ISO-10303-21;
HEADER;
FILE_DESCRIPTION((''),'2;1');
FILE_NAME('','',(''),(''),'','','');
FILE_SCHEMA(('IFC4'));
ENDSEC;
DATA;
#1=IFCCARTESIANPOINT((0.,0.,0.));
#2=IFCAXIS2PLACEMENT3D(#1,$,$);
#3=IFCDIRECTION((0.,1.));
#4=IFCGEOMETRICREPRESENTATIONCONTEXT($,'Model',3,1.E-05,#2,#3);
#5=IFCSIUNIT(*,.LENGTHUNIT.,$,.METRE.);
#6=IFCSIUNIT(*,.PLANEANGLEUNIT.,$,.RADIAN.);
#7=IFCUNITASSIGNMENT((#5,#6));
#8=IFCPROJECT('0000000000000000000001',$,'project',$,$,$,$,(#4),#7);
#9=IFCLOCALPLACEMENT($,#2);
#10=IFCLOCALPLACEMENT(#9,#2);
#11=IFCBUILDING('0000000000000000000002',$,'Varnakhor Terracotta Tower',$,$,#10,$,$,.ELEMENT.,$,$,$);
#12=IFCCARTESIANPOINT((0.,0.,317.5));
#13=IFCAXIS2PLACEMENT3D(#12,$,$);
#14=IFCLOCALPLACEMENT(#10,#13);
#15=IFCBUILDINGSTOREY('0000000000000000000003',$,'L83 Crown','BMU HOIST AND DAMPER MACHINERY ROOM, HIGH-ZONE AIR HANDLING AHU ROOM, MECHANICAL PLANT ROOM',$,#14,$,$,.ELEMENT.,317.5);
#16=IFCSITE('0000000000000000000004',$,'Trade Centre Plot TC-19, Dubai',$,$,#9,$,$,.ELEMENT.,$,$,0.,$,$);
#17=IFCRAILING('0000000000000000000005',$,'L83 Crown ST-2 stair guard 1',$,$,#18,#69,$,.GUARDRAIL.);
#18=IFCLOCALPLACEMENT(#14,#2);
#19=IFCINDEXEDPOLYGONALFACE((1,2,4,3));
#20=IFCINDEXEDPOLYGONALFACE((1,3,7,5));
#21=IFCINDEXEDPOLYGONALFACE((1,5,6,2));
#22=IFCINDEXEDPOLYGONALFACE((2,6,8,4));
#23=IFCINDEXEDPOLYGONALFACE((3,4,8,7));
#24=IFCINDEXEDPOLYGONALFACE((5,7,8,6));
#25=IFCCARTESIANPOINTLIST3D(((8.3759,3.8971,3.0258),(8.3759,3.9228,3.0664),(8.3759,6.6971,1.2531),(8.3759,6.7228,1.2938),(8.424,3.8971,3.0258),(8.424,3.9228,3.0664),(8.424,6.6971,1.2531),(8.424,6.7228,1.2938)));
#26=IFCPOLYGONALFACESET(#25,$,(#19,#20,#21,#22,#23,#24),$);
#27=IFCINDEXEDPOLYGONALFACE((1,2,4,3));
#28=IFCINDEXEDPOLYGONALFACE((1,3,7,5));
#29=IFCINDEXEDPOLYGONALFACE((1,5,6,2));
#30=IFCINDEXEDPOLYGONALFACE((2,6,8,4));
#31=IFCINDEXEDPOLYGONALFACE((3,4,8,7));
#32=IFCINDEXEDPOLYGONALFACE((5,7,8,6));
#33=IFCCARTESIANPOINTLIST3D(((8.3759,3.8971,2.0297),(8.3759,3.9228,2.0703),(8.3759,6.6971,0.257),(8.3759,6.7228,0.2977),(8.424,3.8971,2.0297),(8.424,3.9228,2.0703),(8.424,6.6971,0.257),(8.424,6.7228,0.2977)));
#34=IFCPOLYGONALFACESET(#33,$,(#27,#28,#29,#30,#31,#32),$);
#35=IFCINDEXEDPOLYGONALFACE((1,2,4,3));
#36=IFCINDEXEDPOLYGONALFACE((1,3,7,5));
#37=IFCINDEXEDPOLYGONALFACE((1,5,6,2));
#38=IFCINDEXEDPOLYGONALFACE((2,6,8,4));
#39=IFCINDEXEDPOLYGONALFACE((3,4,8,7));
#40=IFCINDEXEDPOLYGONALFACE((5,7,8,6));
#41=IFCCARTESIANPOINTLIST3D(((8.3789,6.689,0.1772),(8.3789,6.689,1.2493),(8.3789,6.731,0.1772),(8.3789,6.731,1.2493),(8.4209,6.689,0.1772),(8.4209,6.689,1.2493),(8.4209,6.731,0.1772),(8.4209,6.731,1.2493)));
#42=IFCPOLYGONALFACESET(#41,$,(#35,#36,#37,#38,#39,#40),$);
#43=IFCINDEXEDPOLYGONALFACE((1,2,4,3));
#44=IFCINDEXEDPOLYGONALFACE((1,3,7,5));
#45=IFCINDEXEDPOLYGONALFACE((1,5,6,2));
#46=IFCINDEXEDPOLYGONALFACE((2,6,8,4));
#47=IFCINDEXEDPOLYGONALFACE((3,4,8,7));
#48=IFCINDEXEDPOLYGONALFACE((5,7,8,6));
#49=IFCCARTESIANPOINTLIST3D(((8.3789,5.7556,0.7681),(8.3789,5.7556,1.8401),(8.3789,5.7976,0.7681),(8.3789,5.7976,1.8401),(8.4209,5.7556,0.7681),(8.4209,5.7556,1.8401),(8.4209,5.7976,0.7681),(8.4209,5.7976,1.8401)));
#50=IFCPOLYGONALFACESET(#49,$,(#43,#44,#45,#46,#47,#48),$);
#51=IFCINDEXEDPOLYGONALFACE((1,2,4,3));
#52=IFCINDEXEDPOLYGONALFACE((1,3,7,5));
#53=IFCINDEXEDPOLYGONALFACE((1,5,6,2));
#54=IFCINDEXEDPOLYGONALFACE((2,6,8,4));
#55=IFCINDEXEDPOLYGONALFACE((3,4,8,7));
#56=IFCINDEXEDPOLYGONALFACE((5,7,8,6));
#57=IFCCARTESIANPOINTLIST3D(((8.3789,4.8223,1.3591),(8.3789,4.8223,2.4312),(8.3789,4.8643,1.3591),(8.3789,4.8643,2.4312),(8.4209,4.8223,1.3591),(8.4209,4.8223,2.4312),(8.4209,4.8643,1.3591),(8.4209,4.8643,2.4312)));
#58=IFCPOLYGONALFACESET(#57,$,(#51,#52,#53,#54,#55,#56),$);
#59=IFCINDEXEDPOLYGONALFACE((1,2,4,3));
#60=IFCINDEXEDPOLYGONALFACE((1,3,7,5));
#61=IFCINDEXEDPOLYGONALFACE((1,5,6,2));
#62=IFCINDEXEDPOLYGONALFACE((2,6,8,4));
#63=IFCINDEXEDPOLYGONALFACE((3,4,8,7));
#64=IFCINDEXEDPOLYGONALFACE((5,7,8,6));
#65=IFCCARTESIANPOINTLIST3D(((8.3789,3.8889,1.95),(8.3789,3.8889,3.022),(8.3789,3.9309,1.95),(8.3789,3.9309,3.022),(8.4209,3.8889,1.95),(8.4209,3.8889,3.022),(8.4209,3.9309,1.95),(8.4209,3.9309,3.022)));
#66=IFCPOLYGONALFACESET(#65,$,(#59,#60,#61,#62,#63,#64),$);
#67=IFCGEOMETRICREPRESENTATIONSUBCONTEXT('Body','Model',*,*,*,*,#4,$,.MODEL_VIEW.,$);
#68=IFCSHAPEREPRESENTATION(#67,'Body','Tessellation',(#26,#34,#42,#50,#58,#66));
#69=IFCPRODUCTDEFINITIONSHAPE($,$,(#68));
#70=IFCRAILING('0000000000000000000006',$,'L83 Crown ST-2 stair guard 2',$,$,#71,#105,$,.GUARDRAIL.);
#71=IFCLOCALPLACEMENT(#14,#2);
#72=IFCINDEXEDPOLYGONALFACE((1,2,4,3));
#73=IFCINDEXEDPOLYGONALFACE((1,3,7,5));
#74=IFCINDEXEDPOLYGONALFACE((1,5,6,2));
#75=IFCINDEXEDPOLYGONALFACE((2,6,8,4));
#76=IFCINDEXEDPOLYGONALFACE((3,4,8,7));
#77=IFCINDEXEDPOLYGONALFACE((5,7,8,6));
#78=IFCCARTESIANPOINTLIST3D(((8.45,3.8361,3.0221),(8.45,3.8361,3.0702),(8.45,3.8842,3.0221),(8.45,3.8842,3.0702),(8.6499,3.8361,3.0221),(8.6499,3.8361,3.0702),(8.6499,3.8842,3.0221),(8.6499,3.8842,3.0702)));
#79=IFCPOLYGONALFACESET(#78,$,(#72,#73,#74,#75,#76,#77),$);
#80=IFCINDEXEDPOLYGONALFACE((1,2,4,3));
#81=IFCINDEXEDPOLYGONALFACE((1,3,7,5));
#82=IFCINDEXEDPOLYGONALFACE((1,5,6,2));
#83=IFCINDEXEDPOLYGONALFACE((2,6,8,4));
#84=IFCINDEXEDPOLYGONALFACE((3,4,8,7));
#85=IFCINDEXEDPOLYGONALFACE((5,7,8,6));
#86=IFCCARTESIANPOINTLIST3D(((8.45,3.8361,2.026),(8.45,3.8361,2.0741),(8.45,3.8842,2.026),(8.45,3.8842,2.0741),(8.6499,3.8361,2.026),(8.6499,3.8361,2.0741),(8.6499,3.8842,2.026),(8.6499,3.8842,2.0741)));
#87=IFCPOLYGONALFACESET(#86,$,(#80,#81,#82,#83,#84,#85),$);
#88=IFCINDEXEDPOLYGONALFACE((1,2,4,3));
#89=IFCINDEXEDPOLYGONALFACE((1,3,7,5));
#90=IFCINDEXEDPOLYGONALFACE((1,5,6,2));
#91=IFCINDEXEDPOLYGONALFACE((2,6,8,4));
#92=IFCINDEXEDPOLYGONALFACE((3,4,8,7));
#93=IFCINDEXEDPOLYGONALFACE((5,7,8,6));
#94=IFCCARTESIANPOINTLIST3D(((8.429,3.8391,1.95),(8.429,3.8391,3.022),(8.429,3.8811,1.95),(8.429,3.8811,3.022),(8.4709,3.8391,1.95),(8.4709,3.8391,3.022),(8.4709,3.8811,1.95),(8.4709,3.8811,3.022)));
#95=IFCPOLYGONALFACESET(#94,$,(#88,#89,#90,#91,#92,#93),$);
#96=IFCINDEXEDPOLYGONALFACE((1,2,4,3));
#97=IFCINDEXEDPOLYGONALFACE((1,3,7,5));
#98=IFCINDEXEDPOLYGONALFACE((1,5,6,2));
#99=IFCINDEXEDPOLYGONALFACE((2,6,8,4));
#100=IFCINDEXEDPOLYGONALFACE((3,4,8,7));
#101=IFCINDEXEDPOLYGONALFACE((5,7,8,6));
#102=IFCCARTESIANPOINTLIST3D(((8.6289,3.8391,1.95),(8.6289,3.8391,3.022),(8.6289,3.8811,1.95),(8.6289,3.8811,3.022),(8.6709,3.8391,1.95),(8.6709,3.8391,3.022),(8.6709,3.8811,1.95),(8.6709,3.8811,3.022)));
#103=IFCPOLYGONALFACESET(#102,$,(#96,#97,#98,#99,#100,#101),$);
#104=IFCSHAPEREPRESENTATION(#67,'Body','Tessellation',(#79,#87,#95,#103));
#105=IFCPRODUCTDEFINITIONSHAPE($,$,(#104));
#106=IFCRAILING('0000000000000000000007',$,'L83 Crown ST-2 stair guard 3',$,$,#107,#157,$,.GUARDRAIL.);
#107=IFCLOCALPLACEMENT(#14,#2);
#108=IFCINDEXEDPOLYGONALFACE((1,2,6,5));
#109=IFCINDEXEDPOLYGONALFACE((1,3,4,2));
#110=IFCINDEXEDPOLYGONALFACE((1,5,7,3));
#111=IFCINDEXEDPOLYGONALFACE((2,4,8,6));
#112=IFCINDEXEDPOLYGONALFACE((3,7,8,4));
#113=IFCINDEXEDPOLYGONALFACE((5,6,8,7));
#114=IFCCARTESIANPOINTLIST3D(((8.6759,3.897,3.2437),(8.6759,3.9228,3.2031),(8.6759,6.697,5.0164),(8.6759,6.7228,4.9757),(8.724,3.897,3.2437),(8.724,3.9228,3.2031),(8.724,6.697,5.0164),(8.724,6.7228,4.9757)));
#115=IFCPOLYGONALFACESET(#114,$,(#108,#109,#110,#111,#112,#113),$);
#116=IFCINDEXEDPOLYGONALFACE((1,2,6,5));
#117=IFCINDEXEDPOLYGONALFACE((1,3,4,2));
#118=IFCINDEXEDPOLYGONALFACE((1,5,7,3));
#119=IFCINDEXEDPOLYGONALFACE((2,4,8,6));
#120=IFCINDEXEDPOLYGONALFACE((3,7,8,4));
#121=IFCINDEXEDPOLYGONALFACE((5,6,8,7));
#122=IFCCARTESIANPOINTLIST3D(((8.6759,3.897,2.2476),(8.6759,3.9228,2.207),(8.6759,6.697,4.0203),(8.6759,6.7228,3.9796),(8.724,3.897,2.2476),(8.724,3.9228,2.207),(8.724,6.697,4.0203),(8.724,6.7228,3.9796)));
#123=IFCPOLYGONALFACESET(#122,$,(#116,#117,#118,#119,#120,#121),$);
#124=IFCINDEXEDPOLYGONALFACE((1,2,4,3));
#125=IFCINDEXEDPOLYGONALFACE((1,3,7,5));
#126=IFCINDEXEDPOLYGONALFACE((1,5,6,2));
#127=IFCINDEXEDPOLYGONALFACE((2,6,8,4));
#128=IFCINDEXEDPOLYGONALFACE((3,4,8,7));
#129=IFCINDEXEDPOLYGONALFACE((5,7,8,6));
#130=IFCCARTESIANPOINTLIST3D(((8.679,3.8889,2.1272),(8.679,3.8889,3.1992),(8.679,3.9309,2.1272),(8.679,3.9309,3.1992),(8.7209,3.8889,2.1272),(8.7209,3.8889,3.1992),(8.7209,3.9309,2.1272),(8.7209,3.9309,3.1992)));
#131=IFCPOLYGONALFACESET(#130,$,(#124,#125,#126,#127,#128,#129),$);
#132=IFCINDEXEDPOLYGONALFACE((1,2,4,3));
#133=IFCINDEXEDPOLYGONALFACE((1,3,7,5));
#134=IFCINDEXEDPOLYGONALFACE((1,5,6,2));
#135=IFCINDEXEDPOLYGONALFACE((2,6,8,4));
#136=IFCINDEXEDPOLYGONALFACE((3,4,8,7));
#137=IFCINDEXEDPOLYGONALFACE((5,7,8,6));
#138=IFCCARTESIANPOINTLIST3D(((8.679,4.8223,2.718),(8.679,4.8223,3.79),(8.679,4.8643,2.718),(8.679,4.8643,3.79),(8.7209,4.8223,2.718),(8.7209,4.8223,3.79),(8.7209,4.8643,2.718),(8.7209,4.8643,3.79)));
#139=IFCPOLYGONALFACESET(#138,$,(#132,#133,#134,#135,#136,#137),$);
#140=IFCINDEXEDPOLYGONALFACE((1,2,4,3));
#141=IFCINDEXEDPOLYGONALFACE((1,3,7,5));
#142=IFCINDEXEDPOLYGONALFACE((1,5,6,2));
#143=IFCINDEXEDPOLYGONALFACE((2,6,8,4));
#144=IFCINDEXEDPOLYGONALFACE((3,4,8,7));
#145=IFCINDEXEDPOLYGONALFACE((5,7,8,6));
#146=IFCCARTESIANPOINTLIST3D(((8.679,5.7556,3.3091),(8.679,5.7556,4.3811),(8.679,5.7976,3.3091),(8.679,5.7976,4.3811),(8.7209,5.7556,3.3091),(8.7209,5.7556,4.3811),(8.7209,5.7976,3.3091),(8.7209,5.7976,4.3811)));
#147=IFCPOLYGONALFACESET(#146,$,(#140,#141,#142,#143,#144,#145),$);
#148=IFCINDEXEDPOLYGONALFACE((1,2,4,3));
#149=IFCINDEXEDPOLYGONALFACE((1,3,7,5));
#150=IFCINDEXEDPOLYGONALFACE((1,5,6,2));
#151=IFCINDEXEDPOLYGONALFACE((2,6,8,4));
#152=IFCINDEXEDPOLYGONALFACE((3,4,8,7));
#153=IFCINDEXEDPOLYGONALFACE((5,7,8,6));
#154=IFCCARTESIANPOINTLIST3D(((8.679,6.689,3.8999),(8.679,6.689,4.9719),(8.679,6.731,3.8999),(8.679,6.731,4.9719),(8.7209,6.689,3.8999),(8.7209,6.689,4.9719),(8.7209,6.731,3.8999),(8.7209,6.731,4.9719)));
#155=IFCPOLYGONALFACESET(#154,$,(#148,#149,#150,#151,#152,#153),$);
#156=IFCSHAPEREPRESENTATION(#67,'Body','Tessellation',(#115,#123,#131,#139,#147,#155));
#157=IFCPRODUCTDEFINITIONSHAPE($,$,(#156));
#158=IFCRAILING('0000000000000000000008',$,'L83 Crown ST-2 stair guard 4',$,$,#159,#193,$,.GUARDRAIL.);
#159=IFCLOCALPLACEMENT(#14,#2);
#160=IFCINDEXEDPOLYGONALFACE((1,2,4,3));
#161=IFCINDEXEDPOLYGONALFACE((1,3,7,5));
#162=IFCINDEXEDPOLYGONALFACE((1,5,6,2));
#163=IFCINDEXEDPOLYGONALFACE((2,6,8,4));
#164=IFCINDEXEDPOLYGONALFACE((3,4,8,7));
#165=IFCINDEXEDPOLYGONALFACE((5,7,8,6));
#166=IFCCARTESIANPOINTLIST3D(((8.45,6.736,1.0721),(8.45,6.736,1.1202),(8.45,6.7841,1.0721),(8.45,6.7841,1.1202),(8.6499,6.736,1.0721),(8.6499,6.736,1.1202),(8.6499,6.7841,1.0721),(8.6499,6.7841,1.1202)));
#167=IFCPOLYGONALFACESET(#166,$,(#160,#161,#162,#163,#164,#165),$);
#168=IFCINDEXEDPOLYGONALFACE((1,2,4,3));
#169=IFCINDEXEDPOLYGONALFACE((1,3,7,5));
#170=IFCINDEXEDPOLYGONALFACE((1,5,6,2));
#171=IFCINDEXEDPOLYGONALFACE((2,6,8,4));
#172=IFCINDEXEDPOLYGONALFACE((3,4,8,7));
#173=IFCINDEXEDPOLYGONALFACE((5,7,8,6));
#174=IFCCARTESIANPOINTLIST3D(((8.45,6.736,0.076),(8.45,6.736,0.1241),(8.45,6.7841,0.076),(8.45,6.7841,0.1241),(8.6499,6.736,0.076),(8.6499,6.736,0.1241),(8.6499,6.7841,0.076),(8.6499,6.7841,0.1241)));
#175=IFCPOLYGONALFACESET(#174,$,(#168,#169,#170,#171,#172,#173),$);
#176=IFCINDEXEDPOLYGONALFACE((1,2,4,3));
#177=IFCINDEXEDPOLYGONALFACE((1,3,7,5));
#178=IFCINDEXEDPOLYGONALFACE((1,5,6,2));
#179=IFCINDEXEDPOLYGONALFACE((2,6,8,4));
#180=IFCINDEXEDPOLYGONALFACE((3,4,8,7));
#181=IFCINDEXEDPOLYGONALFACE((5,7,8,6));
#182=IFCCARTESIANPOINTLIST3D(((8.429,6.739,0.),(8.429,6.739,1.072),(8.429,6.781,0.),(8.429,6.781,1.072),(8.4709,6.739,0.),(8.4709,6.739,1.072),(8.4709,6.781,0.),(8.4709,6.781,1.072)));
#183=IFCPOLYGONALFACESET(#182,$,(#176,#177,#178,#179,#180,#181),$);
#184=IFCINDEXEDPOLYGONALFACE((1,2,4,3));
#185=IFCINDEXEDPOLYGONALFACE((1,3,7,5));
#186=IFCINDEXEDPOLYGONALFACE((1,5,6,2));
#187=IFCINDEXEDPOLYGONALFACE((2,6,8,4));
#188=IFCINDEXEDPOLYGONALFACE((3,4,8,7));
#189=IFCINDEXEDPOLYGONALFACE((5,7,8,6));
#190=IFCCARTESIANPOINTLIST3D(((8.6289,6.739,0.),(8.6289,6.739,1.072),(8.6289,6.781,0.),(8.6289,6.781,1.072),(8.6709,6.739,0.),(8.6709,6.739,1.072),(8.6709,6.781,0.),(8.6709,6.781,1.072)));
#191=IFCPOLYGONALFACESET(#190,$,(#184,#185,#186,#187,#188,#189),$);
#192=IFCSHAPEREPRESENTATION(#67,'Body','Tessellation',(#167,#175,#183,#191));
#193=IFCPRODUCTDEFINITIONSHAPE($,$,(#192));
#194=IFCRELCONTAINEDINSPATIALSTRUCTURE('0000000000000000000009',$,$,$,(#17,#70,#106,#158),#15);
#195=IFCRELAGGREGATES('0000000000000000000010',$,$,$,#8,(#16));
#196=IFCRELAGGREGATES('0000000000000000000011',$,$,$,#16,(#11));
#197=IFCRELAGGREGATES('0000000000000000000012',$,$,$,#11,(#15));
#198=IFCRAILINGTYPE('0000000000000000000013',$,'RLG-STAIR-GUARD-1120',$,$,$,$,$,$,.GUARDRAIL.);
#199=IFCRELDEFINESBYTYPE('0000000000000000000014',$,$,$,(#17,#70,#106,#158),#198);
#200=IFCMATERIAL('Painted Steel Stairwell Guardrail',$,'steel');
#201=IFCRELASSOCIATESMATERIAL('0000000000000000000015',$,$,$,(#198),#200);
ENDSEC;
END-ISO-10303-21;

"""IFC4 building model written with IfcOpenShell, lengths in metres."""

from ifc_helpers import new_model, si_unit, direction, frame, origin, origin_2d, place, context, subcontext, project, spatial, rectangle, extrude, material, type_object, element, save


model = new_model("IFC4")

# Units and contexts
model_context = context("Model", 3, precision=1e-05, world=origin(), true_north=direction((0.0, 1.0)))
body_context = subcontext(model_context, "Body", "Model", "MODEL_VIEW")
ifc_project = project(units=[si_unit("LENGTHUNIT", "METRE"), si_unit("PLANEANGLEUNIT", "RADIAN")], contexts=[model_context])

# Site, building, storey
site_placement = place(None, origin())
site = spatial("IfcSite", under=ifc_project, at=site_placement, Name="Trade Centre Plot TC-19, Dubai", CompositionType="ELEMENT", RefElevation=0.0)
building_placement = place(site_placement, origin())
building = spatial("IfcBuilding", under=site, at=building_placement, Name="Varnakhor Terracotta Tower", CompositionType="ELEMENT")
storey_placement = place(building_placement, frame((0.0, 0.0, 317.5)))
storey = spatial("IfcBuildingStorey", under=building, at=storey_placement, Name="L83 Crown", Description="BMU HOIST AND DAMPER MACHINERY ROOM, HIGH-ZONE AIR HANDLING AHU ROOM, MECHANICAL PLANT ROOM", CompositionType="ELEMENT", Elevation=317.5)

# Railings
ifc_material_1 = material(Name="Painted Steel Stairwell Guardrail", Category="steel")
railing_type_1 = type_object("IfcRailingType", Name="RLG-STAIR-GUARD-1120", PredefinedType="GUARDRAIL", material=ifc_material_1)
railing_1_placement = place(storey_placement, frame((8.3999, 6.71, 0.1772)))
element("IfcRailing", 1, at=railing_1_placement, inside=storey, type_object=railing_type_1, Name="L83 Crown ST-2 stair guard 1", PredefinedType="GUARDRAIL", context=body_context, shape_type="SweptSolid", body=[
    extrude(rectangle(XDim=0.0481, YDim=0.0481, at=origin_2d()), frame((0.0, 0.0, 1.0962), z_axis=(0.0, -0.844909, 0.53491), x_axis=(1.0, 0.0, 0.0)), (0.0, 0.0, 1.0), 3.314),
    extrude(rectangle(XDim=0.0481, YDim=0.0481, at=origin_2d()), frame((0.0, 0.0, 0.1001), z_axis=(0.0, -0.844909, 0.53491), x_axis=(1.0, 0.0, 0.0)), (0.0, 0.0, 1.0), 3.314),
    extrude(rectangle(XDim=0.042, YDim=0.042, at=origin_2d()), origin(), (0.0, 0.0, 1.0), 1.072),
    extrude(rectangle(XDim=0.042, YDim=0.042, at=origin_2d()), frame((0.0, -0.9333, 0.5908)), (0.0, 0.0, 1.0), 1.072),
    extrude(rectangle(XDim=0.042, YDim=0.042, at=origin_2d()), frame((0.0, -1.8667, 1.1819)), (0.0, 0.0, 1.0), 1.072),
    extrude(rectangle(XDim=0.042, YDim=0.042, at=origin_2d()), frame((0.0, -2.8, 1.7727)), (0.0, 0.0, 1.0), 1.072),
])
railing_2_placement = place(storey_placement, frame((8.45, 3.8601, 1.95)))
element("IfcRailing", 2, at=railing_2_placement, inside=storey, type_object=railing_type_1, Name="L83 Crown ST-2 stair guard 2", PredefinedType="GUARDRAIL", context=body_context, shape_type="SweptSolid", body=[
    extrude(rectangle(XDim=0.0481, YDim=0.0481, at=origin_2d()), frame((0.0, 0.0, 1.0962), z_axis=(1.0, 0.0, 0.0), x_axis=(0.0, 1.0, 0.0)), (0.0, 0.0, 1.0), 0.2),
    extrude(rectangle(XDim=0.0481, YDim=0.0481, at=origin_2d()), frame((0.0, 0.0, 0.1001), z_axis=(1.0, 0.0, 0.0), x_axis=(0.0, 1.0, 0.0)), (0.0, 0.0, 1.0), 0.2),
    extrude(rectangle(XDim=0.042, YDim=0.042, at=origin_2d()), origin(), (0.0, 0.0, 1.0), 1.072),
    extrude(rectangle(XDim=0.042, YDim=0.042, at=origin_2d()), frame((0.2, 0.0, 0.0)), (0.0, 0.0, 1.0), 1.072),
])
railing_3_placement = place(storey_placement, frame((8.7, 3.9099, 2.1272)))
element("IfcRailing", 3, at=railing_3_placement, inside=storey, type_object=railing_type_1, Name="L83 Crown ST-2 stair guard 3", PredefinedType="GUARDRAIL", context=body_context, shape_type="SweptSolid", body=[
    extrude(rectangle(XDim=0.0481, YDim=0.0481, at=origin_2d()), frame((0.0, 0.0, 1.0962), z_axis=(0.0, 0.844909, 0.53491), x_axis=(-1.0, 0.0, 0.0)), (0.0, 0.0, 1.0), 3.314),
    extrude(rectangle(XDim=0.0481, YDim=0.0481, at=origin_2d()), frame((0.0, 0.0, 0.1001), z_axis=(0.0, 0.844909, 0.53491), x_axis=(-1.0, 0.0, 0.0)), (0.0, 0.0, 1.0), 3.314),
    extrude(rectangle(XDim=0.042, YDim=0.042, at=origin_2d()), origin(), (0.0, 0.0, 1.0), 1.072),
    extrude(rectangle(XDim=0.042, YDim=0.042, at=origin_2d()), frame((0.0, 0.9333, 0.5908)), (0.0, 0.0, 1.0), 1.072),
    extrude(rectangle(XDim=0.042, YDim=0.042, at=origin_2d()), frame((0.0, 1.8667, 1.1819)), (0.0, 0.0, 1.0), 1.072),
    extrude(rectangle(XDim=0.042, YDim=0.042, at=origin_2d()), frame((0.0, 2.8, 1.7727)), (0.0, 0.0, 1.0), 1.072),
])
railing_4_placement = place(storey_placement, frame((8.45, 6.76, 0.0)))
element("IfcRailing", 4, at=railing_4_placement, inside=storey, type_object=railing_type_1, Name="L83 Crown ST-2 stair guard 4", PredefinedType="GUARDRAIL", context=body_context, shape_type="SweptSolid", body=[
    extrude(rectangle(XDim=0.0481, YDim=0.0481, at=origin_2d()), frame((0.0, 0.0, 1.0962), z_axis=(1.0, 0.0, 0.0), x_axis=(0.0, 1.0, 0.0)), (0.0, 0.0, 1.0), 0.2),
    extrude(rectangle(XDim=0.0481, YDim=0.0481, at=origin_2d()), frame((0.0, 0.0, 0.1001), z_axis=(1.0, 0.0, 0.0), x_axis=(0.0, 1.0, 0.0)), (0.0, 0.0, 1.0), 0.2),
    extrude(rectangle(XDim=0.042, YDim=0.042, at=origin_2d()), origin(), (0.0, 0.0, 1.0), 1.072),
    extrude(rectangle(XDim=0.042, YDim=0.042, at=origin_2d()), frame((0.2, 0.0, 0.0)), (0.0, 0.0, 1.0), 1.072),
])

save(model, "model.ifc")
